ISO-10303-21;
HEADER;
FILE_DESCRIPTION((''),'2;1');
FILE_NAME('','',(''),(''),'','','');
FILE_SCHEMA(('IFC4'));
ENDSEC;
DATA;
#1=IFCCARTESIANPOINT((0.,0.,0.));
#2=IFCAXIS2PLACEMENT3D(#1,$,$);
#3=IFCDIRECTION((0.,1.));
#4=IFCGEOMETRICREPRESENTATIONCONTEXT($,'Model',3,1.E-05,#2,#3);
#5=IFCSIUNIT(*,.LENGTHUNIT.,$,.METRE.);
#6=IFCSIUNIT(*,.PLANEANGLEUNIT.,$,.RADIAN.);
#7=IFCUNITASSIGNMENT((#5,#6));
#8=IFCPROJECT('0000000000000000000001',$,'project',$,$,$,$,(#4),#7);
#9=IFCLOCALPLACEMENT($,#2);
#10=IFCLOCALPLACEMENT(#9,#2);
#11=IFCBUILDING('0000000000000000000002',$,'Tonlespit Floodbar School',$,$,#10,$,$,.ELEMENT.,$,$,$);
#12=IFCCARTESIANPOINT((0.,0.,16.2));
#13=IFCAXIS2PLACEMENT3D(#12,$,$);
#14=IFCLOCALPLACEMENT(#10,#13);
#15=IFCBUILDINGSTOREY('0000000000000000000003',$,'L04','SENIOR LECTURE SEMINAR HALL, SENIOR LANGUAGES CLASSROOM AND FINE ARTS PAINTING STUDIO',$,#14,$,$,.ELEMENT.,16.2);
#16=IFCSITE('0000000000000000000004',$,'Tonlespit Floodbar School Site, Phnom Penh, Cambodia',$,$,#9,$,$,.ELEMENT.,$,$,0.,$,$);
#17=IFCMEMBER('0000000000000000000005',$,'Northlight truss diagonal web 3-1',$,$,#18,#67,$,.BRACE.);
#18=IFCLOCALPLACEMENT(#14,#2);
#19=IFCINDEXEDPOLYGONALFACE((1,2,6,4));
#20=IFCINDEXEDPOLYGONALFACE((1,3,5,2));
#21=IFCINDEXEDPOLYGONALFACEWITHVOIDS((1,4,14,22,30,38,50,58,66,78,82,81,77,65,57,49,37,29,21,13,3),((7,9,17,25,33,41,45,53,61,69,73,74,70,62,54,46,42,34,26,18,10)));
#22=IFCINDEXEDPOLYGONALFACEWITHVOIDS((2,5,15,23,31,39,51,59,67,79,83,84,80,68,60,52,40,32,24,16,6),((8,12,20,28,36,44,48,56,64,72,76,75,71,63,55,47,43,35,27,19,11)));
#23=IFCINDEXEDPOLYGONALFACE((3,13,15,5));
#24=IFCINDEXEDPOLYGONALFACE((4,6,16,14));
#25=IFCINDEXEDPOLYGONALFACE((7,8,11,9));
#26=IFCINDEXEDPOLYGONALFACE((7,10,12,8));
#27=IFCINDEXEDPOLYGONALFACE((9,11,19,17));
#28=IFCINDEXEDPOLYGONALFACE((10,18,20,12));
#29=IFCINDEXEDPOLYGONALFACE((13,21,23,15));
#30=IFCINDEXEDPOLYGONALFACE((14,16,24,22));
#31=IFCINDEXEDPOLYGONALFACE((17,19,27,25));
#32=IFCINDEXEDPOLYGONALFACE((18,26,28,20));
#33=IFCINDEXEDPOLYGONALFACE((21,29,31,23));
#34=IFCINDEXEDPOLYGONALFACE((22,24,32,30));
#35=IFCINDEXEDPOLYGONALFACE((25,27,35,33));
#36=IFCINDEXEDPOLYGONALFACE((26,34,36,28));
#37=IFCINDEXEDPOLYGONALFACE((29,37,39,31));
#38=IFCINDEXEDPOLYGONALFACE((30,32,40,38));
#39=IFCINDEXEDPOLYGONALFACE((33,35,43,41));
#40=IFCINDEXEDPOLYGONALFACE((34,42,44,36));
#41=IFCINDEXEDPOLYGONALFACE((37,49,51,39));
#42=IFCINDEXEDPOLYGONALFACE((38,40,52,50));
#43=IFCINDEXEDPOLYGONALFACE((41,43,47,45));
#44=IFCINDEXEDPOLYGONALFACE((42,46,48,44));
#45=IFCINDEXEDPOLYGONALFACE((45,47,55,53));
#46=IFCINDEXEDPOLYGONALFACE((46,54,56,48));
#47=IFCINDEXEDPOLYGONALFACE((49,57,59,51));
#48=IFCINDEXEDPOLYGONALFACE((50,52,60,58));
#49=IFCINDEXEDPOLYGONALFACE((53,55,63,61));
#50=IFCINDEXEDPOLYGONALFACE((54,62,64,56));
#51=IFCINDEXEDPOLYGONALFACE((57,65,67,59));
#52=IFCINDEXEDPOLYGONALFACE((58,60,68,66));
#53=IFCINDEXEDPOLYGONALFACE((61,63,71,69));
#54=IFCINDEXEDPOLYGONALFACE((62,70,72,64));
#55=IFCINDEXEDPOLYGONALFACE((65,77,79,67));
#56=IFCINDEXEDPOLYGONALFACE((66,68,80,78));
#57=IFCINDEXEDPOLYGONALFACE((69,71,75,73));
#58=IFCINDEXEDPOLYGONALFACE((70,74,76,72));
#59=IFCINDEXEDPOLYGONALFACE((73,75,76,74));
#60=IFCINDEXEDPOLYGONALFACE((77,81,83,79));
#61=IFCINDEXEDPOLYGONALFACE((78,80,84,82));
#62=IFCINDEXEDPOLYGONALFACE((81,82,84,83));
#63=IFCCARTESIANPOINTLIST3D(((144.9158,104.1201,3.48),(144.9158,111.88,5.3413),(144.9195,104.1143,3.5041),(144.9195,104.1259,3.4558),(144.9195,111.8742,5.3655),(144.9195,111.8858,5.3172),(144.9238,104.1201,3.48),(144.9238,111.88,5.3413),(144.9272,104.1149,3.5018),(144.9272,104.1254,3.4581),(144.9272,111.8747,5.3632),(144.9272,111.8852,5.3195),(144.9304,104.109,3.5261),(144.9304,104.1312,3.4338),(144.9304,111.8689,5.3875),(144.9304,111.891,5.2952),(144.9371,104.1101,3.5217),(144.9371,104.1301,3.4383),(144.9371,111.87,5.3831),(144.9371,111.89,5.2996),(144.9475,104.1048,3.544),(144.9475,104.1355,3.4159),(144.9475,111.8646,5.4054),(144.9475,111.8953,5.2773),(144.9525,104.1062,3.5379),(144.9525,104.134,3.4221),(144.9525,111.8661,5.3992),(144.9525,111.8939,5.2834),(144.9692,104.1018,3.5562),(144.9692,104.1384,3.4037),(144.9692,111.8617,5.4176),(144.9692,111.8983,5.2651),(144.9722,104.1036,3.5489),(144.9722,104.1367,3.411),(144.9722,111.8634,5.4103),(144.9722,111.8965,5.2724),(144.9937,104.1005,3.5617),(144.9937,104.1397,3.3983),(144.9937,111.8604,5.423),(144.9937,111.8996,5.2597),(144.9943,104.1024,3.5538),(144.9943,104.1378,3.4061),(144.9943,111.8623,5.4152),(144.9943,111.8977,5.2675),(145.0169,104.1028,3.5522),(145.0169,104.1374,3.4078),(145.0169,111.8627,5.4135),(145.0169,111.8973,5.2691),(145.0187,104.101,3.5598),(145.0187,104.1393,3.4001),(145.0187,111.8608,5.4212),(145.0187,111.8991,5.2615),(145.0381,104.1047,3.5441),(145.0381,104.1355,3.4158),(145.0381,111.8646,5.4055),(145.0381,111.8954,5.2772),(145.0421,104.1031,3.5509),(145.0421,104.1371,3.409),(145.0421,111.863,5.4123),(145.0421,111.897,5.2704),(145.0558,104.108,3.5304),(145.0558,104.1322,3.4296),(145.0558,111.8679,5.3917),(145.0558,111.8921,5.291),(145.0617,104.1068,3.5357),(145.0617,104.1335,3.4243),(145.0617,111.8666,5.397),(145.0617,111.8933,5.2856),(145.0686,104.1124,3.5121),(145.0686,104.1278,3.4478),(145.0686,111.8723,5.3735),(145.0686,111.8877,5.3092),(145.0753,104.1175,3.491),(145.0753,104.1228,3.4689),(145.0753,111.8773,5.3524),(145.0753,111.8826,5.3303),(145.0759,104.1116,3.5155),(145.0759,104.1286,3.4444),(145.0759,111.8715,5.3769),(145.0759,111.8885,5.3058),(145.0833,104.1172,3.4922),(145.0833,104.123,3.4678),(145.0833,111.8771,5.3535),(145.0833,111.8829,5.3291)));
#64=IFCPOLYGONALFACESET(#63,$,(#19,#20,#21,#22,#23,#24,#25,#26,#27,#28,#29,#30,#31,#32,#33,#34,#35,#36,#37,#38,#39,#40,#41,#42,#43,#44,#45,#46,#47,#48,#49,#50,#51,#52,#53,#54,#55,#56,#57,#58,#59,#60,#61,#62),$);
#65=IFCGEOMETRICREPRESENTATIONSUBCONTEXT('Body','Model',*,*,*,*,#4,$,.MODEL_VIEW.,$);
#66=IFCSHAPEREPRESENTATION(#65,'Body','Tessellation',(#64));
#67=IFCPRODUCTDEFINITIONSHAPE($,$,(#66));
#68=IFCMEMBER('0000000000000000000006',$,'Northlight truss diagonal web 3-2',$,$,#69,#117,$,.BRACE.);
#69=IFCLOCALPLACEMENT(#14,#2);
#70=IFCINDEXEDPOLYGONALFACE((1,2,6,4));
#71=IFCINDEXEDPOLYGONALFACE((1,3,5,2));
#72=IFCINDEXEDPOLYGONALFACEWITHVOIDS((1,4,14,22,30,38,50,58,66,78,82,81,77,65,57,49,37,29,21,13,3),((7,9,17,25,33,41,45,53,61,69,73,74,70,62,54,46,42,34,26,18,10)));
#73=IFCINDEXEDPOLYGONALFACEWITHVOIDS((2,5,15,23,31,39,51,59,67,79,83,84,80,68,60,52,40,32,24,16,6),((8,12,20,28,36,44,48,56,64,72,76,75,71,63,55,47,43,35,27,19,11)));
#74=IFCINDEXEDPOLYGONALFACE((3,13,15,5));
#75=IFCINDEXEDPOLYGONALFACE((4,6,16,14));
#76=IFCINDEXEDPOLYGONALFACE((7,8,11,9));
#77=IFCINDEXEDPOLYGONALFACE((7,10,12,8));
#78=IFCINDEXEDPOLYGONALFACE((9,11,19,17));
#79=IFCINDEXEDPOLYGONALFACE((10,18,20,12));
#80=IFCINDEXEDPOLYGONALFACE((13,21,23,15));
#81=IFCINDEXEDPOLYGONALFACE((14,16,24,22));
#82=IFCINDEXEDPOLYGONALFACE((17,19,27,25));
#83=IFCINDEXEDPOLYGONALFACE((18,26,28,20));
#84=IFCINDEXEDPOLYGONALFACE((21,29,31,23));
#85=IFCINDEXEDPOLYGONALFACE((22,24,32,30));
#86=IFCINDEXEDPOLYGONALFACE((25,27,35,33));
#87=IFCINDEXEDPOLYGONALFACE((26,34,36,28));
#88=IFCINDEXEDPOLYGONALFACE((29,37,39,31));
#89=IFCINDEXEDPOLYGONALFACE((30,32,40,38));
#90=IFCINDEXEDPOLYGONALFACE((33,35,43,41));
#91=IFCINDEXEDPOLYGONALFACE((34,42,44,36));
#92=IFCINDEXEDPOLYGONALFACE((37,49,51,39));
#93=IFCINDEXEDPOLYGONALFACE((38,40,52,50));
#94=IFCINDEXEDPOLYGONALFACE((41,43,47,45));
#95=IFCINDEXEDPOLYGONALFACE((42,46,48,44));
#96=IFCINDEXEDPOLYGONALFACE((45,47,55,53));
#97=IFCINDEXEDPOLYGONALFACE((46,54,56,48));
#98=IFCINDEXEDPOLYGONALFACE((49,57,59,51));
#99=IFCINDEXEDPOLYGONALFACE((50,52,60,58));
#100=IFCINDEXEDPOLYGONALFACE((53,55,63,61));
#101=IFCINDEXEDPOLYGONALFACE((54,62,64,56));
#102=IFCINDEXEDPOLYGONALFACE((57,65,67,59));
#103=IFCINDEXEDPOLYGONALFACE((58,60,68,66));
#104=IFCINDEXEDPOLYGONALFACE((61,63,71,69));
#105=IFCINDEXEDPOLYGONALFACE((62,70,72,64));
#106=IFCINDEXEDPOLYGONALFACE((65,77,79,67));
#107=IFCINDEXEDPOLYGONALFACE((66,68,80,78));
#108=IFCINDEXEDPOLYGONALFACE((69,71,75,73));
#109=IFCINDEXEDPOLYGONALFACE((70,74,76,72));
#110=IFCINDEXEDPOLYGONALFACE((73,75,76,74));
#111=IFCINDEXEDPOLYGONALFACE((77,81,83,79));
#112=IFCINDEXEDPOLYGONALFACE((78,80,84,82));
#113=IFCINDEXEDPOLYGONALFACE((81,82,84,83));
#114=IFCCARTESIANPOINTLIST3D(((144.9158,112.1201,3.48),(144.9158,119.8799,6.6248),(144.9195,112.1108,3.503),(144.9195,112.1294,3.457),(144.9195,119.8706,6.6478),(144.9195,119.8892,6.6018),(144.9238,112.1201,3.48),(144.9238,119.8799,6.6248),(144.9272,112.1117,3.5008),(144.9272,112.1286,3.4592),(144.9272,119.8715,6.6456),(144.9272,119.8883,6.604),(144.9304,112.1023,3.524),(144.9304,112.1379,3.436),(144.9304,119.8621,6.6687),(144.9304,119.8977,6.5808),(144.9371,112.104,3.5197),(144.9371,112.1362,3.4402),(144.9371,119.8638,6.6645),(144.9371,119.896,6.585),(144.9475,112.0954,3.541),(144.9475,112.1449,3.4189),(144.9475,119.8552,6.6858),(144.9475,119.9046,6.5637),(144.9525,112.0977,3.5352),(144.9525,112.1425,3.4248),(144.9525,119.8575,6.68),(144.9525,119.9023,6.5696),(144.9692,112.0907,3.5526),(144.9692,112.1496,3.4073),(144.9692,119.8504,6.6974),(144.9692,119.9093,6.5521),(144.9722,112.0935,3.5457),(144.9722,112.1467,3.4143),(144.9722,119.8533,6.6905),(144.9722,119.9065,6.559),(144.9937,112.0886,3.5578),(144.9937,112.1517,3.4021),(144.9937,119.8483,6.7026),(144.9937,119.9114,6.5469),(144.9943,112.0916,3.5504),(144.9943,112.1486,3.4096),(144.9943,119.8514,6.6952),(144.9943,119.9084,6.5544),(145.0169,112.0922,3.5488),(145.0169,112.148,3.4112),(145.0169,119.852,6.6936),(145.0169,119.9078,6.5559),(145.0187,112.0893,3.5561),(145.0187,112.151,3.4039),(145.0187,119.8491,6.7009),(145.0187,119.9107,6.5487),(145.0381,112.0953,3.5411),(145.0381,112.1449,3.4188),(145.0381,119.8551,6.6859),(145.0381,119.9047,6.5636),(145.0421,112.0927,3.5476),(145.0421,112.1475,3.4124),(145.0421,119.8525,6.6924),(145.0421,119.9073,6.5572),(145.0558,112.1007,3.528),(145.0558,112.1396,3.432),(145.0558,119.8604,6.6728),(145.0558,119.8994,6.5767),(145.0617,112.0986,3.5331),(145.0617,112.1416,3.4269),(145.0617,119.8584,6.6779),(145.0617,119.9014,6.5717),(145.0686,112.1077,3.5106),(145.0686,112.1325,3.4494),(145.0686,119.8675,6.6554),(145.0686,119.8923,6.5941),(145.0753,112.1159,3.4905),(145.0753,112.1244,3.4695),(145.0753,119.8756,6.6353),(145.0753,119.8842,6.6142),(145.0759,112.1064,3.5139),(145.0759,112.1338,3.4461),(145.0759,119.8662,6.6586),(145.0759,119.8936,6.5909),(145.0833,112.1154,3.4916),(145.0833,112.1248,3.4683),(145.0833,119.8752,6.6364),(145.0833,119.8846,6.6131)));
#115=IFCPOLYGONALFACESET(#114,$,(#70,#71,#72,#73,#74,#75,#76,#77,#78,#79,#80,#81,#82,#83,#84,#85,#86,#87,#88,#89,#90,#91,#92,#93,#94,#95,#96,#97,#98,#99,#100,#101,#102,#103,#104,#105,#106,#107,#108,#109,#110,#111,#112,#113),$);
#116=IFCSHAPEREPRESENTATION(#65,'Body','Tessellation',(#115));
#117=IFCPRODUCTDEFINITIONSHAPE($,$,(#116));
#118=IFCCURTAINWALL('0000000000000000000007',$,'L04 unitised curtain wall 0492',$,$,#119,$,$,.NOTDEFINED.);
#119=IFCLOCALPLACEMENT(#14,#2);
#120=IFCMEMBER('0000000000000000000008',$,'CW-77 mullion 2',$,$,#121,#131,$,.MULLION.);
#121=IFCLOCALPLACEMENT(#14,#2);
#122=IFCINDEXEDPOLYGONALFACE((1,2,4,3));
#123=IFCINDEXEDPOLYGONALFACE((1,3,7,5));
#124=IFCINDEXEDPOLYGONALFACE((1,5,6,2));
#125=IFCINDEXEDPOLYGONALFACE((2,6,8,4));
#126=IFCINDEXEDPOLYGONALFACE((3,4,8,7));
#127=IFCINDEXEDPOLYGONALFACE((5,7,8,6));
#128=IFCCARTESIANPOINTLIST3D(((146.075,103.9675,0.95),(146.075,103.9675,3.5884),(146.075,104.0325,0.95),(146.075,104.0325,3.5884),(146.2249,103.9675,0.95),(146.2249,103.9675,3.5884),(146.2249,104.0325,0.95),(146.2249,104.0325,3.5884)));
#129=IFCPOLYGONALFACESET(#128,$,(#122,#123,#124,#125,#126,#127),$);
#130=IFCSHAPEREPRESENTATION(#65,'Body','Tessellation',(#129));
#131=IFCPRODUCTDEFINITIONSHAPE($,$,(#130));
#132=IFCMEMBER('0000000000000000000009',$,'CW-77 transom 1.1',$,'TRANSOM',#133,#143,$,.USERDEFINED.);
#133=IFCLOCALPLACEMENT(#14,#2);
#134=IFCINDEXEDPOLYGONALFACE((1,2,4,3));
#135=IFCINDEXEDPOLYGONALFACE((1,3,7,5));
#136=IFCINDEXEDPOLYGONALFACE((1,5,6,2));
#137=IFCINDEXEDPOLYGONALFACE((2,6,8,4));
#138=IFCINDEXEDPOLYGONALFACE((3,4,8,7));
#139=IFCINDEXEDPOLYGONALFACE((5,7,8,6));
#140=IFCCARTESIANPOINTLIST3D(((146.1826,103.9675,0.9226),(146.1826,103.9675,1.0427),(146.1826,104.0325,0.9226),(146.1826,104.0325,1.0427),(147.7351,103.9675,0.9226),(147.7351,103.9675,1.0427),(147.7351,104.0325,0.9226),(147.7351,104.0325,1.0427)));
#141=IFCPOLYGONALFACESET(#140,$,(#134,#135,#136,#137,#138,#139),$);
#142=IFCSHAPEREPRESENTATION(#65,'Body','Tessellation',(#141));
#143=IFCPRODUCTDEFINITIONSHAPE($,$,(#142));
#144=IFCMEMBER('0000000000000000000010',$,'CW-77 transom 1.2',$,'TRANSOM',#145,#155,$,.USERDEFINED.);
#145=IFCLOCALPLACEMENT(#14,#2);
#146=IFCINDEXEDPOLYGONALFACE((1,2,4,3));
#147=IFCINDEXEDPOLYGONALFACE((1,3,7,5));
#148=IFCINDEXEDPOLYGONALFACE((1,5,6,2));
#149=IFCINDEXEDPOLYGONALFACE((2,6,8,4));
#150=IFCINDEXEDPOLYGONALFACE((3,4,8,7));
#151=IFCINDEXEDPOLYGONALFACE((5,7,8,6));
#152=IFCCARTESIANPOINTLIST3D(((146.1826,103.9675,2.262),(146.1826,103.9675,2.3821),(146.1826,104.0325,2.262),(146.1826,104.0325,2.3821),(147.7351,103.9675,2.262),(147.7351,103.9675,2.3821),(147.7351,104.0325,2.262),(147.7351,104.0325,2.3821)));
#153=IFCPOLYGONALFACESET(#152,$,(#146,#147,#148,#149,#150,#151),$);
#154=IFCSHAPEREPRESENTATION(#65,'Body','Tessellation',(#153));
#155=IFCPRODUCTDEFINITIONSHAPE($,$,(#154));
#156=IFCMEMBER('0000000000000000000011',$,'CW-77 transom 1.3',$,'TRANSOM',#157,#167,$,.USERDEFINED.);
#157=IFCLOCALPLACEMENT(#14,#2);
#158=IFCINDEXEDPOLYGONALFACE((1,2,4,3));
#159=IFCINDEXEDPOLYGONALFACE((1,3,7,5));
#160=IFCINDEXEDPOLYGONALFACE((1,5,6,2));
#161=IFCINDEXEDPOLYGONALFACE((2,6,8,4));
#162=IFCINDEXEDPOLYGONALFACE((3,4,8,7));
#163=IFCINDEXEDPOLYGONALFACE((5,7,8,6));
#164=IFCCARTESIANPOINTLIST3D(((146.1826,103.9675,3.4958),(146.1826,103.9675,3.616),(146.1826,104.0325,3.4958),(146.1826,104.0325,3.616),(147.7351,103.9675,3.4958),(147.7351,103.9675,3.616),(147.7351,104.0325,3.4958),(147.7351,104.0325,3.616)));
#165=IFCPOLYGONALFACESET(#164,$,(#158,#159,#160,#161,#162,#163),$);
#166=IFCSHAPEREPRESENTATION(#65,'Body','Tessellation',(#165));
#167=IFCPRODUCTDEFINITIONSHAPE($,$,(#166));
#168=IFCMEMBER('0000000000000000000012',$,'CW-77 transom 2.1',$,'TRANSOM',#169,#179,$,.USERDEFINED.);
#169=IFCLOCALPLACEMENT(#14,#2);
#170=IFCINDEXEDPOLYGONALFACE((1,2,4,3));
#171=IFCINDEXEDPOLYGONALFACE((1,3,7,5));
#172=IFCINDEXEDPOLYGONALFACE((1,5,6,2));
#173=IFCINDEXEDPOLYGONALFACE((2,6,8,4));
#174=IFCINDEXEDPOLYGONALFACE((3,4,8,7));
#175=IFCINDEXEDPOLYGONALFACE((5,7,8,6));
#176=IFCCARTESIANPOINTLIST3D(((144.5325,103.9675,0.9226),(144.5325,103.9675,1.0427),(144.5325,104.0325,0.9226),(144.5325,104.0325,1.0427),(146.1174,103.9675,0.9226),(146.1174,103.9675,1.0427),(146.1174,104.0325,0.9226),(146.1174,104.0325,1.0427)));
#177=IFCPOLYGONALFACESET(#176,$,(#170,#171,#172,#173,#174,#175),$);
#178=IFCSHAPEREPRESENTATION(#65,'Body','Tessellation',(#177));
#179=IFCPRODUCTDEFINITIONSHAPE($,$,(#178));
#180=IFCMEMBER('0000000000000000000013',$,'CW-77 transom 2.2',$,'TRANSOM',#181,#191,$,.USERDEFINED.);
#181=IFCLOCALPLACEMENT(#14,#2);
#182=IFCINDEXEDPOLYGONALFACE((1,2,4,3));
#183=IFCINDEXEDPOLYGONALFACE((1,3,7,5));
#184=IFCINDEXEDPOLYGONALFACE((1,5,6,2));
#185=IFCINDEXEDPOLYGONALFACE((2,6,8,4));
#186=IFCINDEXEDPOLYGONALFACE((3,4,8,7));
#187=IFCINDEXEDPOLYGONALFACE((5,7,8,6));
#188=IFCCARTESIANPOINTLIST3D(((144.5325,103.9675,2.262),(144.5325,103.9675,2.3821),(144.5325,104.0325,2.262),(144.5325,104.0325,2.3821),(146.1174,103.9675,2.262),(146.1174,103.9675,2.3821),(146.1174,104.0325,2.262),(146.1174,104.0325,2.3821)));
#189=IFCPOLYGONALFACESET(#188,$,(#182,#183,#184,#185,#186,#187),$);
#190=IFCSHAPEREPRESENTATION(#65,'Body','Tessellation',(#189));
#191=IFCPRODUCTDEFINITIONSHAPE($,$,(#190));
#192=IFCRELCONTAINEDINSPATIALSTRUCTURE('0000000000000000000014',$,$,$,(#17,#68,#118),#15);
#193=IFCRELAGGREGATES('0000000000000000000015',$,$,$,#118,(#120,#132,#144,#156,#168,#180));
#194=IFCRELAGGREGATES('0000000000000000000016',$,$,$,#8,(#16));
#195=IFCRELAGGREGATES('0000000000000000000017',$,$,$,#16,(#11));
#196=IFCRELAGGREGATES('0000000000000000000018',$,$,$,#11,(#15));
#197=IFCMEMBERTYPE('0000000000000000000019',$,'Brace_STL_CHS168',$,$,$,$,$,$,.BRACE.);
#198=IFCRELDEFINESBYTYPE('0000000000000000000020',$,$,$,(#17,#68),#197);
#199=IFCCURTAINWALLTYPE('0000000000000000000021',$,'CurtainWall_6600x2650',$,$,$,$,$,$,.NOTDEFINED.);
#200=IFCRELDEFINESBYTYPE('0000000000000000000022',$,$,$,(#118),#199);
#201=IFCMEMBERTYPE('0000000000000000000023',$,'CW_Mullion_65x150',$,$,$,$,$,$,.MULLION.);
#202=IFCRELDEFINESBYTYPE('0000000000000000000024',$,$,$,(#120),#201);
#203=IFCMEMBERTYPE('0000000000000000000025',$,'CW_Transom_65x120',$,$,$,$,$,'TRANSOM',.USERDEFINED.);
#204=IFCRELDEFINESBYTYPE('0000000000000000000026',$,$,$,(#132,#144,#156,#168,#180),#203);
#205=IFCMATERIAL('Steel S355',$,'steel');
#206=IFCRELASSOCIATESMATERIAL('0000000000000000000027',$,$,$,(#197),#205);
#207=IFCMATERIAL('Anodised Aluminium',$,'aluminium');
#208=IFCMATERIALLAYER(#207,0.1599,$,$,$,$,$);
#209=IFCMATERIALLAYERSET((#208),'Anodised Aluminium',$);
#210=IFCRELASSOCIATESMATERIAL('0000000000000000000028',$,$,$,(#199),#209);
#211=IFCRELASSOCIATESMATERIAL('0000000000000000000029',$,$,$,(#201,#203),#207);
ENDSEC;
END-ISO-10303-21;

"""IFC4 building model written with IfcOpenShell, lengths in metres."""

from ifc_helpers import new_model, si_unit, direction, frame, origin, origin_2d, place, context, subcontext, project, spatial, rectangle, hollow_circle, extrude, material, layer, layer_set, material_profile, profile_set, type_object, element, aggregate, save


model = new_model("IFC4")

# Units and contexts
model_context = context("Model", 3, precision=1e-05, world=origin(), true_north=direction((0.0, 1.0)))
body_context = subcontext(model_context, "Body", "Model", "MODEL_VIEW")
ifc_project = project(units=[si_unit("LENGTHUNIT", "METRE"), si_unit("PLANEANGLEUNIT", "RADIAN")], contexts=[model_context])

# Site, building, storey
site_placement = place(None, origin())
site = spatial("IfcSite", under=ifc_project, at=site_placement, Name="Tonlespit Floodbar School Site, Phnom Penh, Cambodia", CompositionType="ELEMENT", RefElevation=0.0)
building_placement = place(site_placement, origin())
building = spatial("IfcBuilding", under=site, at=building_placement, Name="Tonlespit Floodbar School", CompositionType="ELEMENT")
storey_placement = place(building_placement, frame((0.0, 0.0, 16.2)))
storey = spatial("IfcBuildingStorey", under=building, at=storey_placement, Name="L04", Description="SENIOR LECTURE SEMINAR HALL, SENIOR LANGUAGES CLASSROOM AND FINE ARTS PAINTING STUDIO", CompositionType="ELEMENT", Elevation=16.2)

# Members
ifc_material_1 = material(Name="Steel S355", Category="steel")
ifc_material_profile_1 = material_profile(ifc_material_1, hollow_circle(Radius=0.0842, WallThickness=0.0081, at=origin_2d()), Name="CHS 168.3x8")
ifc_profile_set_1 = profile_set([ifc_material_profile_1], Name="Steel S355")
member_type_1 = type_object("IfcMemberType", Name="Brace_STL_CHS168", PredefinedType="BRACE", material=ifc_profile_set_1)
member_1_placement = place(storey_placement, frame((145.0, 104.1201, 3.48), z_axis=(0.0, 0.972416, 0.233253), x_axis=(-1.0, 0.0, 0.0)))
element("IfcMember", 1, at=member_1_placement, inside=storey, type_object=member_type_1, Name="Northlight truss diagonal web 3-1", PredefinedType="BRACE", context=body_context, shape_type="SweptSolid", body=[
    extrude(hollow_circle(Radius=0.0842, WallThickness=0.0081, at=origin_2d()), origin(), (0.0, 0.0, 1.0), 7.98),
])
member_2_placement = place(storey_placement, frame((145.0, 112.1201, 3.48), z_axis=(0.0, 0.926784, 0.375595), x_axis=(-1.0, 0.0, 0.0)))
element("IfcMember", 2, at=member_2_placement, inside=storey, type_object=member_type_1, Name="Northlight truss diagonal web 3-2", PredefinedType="BRACE", context=body_context, shape_type="SweptSolid", body=[
    extrude(hollow_circle(Radius=0.0842, WallThickness=0.0081, at=origin_2d()), origin(), (0.0, 0.0, 1.0), 8.3728),
])

# Curtain wall, members
ifc_material_2 = material(Name="Anodised Aluminium", Category="aluminium")
ifc_layer_1 = layer(ifc_material_2, 0.1599)
ifc_layer_set_1 = layer_set([ifc_layer_1], Name="Anodised Aluminium")
curtain_wall_type = type_object("IfcCurtainWallType", Name="CurtainWall_6600x2650", PredefinedType="NOTDEFINED", material=ifc_layer_set_1)
curtain_wall_placement = place(storey_placement, origin())
curtain_wall = element("IfcCurtainWall", 3, at=curtain_wall_placement, inside=storey, type_object=curtain_wall_type, Name="L04 unitised curtain wall 0492", PredefinedType="NOTDEFINED")
ifc_material_profile_2 = material_profile(ifc_material_2, rectangle(XDim=0.0649, YDim=0.1499, at=origin_2d()), Name="ALU M65x150")
ifc_profile_set_2 = profile_set([ifc_material_profile_2], Name="Anodised Aluminium")
member_type_2 = type_object("IfcMemberType", Name="CW_Mullion_65x150", PredefinedType="MULLION", material=ifc_profile_set_2)
member_3_placement = place(storey_placement, frame((146.1499, 104.0, 0.95), z_axis=(0.0, 0.0, 1.0), x_axis=(0.0, -1.0, 0.0)))
member_3 = element("IfcMember", 4, at=member_3_placement, type_object=member_type_2, Name="CW-77 mullion 2", PredefinedType="MULLION", context=body_context, shape_type="SweptSolid", body=[
    extrude(rectangle(XDim=0.0649, YDim=0.1499, at=origin_2d()), origin(), (0.0, 0.0, 1.0), 2.6384),
])
ifc_material_profile_3 = material_profile(ifc_material_2, rectangle(XDim=0.0649, YDim=0.1201, at=origin_2d()), Name="ALU T65x120")
ifc_profile_set_3 = profile_set([ifc_material_profile_3], Name="Anodised Aluminium")
member_type_3 = type_object("IfcMemberType", Name="CW_Transom_65x120", ElementType="TRANSOM", PredefinedType="USERDEFINED", material=ifc_profile_set_3)
member_4_placement = place(storey_placement, frame((147.7351, 104.0, 0.9827), z_axis=(-1.0, 0.0, 0.0), x_axis=(0.0, -1.0, 0.0)))
member_4 = element("IfcMember", 5, at=member_4_placement, type_object=member_type_3, Name="CW-77 transom 1.1", ObjectType="TRANSOM", PredefinedType="USERDEFINED", context=body_context, shape_type="SweptSolid", body=[
    extrude(rectangle(XDim=0.0649, YDim=0.1201, at=origin_2d()), origin(), (0.0, 0.0, 1.0), 1.5525),
])
member_5_placement = place(storey_placement, frame((147.7351, 104.0, 2.322), z_axis=(-1.0, 0.0, 0.0), x_axis=(0.0, -1.0, 0.0)))
member_5 = element("IfcMember", 6, at=member_5_placement, type_object=member_type_3, Name="CW-77 transom 1.2", ObjectType="TRANSOM", PredefinedType="USERDEFINED", context=body_context, shape_type="SweptSolid", body=[
    extrude(rectangle(XDim=0.0649, YDim=0.1201, at=origin_2d()), origin(), (0.0, 0.0, 1.0), 1.5525),
])
member_6_placement = place(storey_placement, frame((147.7351, 104.0, 3.5559), z_axis=(-1.0, 0.0, 0.0), x_axis=(0.0, -1.0, 0.0)))
member_6 = element("IfcMember", 7, at=member_6_placement, type_object=member_type_3, Name="CW-77 transom 1.3", ObjectType="TRANSOM", PredefinedType="USERDEFINED", context=body_context, shape_type="SweptSolid", body=[
    extrude(rectangle(XDim=0.0649, YDim=0.1201, at=origin_2d()), origin(), (0.0, 0.0, 1.0), 1.5525),
])
member_7_placement = place(storey_placement, frame((146.1174, 104.0, 0.9827), z_axis=(-1.0, 0.0, 0.0), x_axis=(0.0, -1.0, 0.0)))
member_7 = element("IfcMember", 8, at=member_7_placement, type_object=member_type_3, Name="CW-77 transom 2.1", ObjectType="TRANSOM", PredefinedType="USERDEFINED", context=body_context, shape_type="SweptSolid", body=[
    extrude(rectangle(XDim=0.0649, YDim=0.1201, at=origin_2d()), origin(), (0.0, 0.0, 1.0), 1.585),
])
member_8_placement = place(storey_placement, frame((146.1174, 104.0, 2.322), z_axis=(-1.0, 0.0, 0.0), x_axis=(0.0, -1.0, 0.0)))
member_8 = element("IfcMember", 9, at=member_8_placement, type_object=member_type_3, Name="CW-77 transom 2.2", ObjectType="TRANSOM", PredefinedType="USERDEFINED", context=body_context, shape_type="SweptSolid", body=[
    extrude(rectangle(XDim=0.0649, YDim=0.1201, at=origin_2d()), origin(), (0.0, 0.0, 1.0), 1.585),
])

aggregate(curtain_wall, [member_3, member_4, member_5, member_6, member_7, member_8])

save(model, "model.ifc")
